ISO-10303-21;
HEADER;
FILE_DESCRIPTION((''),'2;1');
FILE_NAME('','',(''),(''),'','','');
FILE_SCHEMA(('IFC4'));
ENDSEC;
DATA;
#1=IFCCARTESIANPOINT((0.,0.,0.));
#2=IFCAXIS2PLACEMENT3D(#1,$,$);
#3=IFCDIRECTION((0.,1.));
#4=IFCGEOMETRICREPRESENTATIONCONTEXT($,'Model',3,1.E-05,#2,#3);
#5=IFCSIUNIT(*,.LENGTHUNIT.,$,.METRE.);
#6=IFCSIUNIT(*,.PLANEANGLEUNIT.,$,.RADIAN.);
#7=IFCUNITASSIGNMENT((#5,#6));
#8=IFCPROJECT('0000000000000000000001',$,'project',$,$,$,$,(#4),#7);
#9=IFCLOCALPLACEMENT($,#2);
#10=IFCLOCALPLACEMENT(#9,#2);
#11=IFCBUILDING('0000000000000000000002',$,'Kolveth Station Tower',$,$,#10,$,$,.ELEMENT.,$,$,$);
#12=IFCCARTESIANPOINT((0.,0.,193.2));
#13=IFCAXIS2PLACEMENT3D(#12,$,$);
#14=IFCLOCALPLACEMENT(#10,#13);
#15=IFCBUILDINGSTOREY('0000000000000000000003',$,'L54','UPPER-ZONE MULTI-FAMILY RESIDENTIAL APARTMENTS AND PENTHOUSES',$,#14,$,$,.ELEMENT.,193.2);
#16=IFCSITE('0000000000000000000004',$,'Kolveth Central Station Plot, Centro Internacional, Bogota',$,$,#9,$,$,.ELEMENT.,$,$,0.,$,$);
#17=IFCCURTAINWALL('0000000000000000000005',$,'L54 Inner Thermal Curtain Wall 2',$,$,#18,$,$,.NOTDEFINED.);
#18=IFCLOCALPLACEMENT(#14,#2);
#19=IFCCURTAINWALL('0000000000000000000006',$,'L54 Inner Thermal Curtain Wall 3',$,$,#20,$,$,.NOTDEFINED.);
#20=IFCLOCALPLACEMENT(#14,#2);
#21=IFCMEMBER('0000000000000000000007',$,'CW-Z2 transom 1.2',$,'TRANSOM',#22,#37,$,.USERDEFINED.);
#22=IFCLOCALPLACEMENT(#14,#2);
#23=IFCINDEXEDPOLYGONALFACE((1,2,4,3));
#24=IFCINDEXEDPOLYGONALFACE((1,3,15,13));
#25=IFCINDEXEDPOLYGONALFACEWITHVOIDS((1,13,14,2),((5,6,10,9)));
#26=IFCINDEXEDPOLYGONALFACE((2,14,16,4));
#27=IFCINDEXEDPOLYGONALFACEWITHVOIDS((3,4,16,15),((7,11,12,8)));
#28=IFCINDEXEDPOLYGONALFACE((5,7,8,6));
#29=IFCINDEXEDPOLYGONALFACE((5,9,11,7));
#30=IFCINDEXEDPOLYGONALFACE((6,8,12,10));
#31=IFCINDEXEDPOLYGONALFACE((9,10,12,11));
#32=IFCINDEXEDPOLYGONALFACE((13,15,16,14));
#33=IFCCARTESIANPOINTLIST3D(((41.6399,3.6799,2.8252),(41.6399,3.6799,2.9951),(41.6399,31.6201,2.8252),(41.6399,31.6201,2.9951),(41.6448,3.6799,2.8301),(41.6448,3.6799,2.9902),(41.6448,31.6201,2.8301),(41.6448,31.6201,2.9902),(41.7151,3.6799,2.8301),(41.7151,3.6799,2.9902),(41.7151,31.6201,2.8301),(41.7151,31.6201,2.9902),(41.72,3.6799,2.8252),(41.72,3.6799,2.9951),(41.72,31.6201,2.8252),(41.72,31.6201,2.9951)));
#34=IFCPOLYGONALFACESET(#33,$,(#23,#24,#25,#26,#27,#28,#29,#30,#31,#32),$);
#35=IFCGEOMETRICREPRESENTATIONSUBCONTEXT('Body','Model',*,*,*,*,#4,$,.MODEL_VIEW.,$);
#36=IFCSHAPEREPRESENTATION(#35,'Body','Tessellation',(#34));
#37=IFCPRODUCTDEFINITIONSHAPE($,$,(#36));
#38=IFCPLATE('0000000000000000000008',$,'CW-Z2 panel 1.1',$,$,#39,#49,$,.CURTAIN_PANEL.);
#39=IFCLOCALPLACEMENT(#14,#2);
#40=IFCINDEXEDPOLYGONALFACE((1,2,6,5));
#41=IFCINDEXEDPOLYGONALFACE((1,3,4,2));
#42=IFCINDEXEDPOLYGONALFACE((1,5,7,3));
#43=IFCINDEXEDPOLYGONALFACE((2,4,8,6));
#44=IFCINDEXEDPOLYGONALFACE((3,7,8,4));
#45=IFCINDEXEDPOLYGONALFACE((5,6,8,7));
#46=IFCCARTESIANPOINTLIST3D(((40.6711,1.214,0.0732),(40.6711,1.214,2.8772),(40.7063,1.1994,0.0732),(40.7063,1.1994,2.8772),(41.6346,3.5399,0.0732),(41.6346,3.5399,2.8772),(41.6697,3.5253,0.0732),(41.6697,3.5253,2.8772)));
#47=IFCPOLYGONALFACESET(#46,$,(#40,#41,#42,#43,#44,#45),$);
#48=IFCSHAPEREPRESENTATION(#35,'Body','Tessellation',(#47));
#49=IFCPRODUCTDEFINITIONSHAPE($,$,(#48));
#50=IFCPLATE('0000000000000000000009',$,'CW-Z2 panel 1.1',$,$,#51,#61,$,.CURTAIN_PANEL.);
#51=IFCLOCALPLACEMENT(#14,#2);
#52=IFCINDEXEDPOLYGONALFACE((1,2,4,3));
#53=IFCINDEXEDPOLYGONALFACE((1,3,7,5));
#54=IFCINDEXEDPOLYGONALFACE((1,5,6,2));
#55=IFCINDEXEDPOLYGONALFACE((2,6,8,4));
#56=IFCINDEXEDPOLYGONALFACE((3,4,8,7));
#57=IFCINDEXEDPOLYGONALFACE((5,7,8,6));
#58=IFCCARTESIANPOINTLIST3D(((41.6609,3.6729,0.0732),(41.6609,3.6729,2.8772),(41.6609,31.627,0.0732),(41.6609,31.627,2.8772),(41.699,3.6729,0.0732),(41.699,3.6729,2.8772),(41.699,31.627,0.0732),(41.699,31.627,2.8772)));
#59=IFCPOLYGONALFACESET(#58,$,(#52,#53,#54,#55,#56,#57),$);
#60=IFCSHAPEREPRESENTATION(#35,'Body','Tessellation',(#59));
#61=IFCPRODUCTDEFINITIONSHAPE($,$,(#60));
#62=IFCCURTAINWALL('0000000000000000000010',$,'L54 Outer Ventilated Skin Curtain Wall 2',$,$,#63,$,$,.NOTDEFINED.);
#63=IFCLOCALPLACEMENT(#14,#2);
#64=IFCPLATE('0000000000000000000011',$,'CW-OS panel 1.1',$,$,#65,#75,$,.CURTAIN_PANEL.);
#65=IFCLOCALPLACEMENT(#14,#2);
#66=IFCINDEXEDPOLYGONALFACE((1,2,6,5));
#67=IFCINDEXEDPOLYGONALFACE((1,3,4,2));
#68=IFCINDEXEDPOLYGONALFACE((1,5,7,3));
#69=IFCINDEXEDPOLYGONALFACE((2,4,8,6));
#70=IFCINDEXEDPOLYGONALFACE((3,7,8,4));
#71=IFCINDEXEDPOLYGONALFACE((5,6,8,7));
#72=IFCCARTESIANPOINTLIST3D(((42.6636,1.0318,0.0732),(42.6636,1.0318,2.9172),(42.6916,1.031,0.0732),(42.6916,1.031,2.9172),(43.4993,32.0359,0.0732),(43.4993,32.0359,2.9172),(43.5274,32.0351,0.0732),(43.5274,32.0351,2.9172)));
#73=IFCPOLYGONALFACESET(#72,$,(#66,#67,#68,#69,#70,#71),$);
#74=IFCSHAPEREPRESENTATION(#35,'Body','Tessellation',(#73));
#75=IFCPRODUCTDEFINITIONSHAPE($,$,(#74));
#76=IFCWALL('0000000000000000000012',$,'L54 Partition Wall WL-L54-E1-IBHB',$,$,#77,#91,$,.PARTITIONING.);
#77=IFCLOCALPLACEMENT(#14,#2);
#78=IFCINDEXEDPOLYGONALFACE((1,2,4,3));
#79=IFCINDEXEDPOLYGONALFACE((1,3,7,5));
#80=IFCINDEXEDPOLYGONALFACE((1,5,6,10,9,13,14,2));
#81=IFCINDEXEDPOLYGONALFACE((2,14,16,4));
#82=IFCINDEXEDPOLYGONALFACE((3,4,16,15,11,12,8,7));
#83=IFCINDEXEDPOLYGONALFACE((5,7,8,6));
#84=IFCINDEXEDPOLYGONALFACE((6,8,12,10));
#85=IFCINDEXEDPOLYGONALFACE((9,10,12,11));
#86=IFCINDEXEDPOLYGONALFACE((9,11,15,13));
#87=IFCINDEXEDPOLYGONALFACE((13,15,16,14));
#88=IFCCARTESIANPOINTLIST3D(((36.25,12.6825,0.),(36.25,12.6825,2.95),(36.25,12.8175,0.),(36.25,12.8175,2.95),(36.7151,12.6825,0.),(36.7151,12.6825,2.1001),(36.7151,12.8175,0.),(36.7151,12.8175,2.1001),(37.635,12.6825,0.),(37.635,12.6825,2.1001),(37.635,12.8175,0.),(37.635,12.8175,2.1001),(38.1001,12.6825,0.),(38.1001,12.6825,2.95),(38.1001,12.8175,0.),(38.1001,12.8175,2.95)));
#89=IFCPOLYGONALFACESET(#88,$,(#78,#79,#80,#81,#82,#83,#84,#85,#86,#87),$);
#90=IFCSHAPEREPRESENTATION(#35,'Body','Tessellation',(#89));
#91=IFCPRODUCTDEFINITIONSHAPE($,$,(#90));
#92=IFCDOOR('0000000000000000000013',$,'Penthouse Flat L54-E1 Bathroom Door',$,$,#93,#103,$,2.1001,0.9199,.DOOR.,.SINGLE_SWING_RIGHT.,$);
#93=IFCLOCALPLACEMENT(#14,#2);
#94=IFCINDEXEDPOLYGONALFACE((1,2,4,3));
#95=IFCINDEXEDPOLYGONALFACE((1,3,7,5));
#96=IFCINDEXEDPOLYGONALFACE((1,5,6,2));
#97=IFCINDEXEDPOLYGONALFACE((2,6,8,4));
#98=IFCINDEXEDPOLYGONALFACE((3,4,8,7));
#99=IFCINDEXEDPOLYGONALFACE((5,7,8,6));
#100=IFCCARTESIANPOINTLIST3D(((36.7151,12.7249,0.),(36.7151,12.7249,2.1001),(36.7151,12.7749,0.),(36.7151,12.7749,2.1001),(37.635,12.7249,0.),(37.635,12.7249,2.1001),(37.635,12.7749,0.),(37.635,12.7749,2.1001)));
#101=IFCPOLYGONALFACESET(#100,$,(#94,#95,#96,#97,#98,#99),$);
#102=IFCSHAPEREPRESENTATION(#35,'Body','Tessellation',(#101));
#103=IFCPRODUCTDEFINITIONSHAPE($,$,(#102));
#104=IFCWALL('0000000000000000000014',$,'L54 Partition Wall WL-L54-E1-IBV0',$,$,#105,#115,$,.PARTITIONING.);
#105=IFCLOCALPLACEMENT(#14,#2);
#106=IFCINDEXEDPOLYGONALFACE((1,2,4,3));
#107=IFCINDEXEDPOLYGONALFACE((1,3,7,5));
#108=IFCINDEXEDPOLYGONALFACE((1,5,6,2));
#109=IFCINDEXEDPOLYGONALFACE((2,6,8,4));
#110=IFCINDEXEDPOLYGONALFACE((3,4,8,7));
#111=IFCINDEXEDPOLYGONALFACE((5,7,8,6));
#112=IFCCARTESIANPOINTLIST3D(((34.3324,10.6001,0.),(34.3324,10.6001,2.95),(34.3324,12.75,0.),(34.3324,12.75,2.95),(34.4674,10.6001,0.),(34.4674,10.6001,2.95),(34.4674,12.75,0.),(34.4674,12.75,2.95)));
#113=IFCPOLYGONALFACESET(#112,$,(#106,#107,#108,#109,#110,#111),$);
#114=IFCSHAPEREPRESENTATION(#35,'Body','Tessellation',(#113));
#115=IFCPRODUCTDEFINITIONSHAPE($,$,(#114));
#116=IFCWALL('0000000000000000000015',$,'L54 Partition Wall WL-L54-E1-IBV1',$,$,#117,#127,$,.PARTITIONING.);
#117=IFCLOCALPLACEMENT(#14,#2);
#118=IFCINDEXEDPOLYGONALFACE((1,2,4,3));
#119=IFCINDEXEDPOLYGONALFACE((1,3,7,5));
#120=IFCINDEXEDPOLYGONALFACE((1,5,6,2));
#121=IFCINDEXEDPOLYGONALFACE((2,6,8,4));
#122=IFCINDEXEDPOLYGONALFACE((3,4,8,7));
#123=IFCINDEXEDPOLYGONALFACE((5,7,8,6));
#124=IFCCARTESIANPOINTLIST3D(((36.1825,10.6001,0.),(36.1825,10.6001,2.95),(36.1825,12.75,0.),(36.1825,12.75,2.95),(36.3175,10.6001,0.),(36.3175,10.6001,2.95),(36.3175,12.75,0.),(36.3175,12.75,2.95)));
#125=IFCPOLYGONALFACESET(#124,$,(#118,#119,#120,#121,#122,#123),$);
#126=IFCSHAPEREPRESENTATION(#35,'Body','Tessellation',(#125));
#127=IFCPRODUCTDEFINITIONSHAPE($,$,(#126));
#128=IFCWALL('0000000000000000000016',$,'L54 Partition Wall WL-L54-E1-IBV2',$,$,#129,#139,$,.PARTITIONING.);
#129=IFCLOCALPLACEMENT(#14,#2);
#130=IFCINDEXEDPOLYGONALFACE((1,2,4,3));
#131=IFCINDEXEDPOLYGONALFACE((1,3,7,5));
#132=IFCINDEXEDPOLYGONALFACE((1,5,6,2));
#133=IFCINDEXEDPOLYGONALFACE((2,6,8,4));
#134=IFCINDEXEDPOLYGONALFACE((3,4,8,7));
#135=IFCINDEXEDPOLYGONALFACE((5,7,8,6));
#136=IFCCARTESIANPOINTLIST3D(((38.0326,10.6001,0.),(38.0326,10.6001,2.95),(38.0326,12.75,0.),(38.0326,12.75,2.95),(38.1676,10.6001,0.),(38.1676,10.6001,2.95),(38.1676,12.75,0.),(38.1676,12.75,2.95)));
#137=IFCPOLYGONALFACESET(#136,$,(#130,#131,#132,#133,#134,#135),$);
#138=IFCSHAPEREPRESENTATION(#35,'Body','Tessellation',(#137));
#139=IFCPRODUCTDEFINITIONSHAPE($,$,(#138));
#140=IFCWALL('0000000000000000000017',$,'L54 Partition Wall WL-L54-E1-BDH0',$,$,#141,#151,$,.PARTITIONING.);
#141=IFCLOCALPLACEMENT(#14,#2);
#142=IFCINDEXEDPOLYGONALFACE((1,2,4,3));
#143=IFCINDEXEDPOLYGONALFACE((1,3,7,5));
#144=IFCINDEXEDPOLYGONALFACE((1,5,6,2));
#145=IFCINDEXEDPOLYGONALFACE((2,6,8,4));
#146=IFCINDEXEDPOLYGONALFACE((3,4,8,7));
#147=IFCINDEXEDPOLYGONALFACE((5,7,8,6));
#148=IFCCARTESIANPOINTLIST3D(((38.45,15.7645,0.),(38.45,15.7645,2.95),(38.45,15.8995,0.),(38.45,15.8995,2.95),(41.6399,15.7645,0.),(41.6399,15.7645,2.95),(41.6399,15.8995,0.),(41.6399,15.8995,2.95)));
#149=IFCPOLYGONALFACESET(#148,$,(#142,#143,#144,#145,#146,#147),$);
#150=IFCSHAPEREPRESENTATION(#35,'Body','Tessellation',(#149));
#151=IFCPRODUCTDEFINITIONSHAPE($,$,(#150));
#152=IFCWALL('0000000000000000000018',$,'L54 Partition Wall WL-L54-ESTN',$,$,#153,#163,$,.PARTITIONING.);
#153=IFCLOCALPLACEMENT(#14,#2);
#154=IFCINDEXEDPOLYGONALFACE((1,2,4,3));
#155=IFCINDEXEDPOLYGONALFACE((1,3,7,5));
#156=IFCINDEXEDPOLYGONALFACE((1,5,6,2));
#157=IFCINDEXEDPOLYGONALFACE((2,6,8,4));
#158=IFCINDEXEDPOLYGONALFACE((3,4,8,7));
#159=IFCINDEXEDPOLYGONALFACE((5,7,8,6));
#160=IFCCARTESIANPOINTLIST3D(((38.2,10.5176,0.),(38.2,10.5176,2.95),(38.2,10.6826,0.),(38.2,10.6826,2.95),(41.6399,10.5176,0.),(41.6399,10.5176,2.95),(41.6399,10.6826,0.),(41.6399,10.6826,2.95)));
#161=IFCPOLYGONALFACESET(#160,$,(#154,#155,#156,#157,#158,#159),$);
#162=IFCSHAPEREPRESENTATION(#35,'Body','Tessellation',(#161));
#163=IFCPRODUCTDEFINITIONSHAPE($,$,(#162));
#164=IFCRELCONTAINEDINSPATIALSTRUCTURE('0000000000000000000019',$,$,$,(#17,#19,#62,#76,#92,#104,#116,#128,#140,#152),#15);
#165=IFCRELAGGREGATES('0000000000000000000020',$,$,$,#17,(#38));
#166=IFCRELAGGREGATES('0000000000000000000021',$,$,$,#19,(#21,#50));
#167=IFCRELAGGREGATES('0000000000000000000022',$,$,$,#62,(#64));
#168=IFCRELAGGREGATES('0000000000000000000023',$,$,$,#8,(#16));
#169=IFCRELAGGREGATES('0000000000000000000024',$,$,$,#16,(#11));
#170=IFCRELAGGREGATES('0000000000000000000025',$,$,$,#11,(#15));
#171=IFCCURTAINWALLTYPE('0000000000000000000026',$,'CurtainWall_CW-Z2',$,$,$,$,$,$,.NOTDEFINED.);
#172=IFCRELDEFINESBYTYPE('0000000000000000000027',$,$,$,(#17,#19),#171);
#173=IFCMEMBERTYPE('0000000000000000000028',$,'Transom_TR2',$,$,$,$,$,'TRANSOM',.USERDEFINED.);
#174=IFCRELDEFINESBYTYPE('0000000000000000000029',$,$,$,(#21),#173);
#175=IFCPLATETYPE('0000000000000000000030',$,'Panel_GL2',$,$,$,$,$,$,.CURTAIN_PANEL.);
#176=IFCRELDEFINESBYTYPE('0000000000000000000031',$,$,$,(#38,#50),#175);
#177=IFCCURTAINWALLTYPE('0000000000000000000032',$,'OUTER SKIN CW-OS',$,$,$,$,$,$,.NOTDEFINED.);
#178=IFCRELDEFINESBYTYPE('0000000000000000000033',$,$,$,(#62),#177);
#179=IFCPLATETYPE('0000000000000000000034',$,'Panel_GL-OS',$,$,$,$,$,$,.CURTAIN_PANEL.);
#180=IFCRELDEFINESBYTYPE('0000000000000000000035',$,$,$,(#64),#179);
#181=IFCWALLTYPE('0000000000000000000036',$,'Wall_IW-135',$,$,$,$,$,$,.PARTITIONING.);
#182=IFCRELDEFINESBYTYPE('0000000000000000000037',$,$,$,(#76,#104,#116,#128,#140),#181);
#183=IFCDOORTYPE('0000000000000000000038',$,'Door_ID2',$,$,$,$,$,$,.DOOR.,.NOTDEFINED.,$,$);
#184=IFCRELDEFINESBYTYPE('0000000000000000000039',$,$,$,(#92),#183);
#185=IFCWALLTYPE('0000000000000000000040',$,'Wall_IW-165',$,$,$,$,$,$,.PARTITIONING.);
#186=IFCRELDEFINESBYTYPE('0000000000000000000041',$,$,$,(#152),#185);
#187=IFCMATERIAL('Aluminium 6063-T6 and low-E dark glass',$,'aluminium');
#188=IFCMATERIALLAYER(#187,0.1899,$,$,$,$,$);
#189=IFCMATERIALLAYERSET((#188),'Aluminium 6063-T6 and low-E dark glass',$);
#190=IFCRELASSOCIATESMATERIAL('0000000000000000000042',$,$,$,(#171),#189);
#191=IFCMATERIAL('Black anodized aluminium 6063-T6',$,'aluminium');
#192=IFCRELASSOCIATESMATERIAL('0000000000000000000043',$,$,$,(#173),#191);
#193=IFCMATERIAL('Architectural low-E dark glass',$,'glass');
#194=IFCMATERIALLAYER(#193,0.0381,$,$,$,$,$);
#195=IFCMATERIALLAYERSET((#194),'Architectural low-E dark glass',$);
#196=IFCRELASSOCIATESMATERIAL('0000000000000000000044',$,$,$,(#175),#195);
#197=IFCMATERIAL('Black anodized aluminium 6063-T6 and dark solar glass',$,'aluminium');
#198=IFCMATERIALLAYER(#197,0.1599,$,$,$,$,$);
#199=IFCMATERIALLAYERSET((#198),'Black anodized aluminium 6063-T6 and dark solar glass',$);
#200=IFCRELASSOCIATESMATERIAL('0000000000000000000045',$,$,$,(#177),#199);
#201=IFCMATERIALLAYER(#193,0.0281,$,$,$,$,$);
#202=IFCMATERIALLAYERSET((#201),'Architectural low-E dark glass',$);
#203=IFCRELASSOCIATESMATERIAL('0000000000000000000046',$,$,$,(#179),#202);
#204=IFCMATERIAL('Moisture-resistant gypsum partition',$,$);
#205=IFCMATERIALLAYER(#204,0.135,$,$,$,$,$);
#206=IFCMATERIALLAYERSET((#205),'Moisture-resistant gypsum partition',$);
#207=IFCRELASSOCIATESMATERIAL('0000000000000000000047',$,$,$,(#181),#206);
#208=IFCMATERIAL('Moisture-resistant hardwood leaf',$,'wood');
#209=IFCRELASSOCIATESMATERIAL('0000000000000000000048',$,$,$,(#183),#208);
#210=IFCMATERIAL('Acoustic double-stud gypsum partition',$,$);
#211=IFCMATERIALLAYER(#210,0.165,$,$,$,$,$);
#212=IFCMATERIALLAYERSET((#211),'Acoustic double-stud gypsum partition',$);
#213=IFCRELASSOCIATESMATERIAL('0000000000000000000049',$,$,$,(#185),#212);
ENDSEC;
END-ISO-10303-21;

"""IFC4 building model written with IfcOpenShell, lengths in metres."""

from ifc_helpers import new_model, si_unit, direction, frame, frame_2d, origin, origin_2d, place, context, subcontext, project, spatial, rectangle, hollow_rectangle, extrude, source, transform, mapped, material, layer, layer_set, material_profile, profile_set, type_object, element, fill, aggregate, save


model = new_model("IFC4")

# Units and contexts
model_context = context("Model", 3, precision=1e-05, world=origin(), true_north=direction((0.0, 1.0)))
body_context = subcontext(model_context, "Body", "Model", "MODEL_VIEW")
ifc_project = project(units=[si_unit("LENGTHUNIT", "METRE"), si_unit("PLANEANGLEUNIT", "RADIAN")], contexts=[model_context])

# Site, building, storey
site_placement = place(None, origin())
site = spatial("IfcSite", under=ifc_project, at=site_placement, Name="Kolveth Central Station Plot, Centro Internacional, Bogota", CompositionType="ELEMENT", RefElevation=0.0)
building_placement = place(site_placement, origin())
building = spatial("IfcBuilding", under=site, at=building_placement, Name="Kolveth Station Tower", CompositionType="ELEMENT")
storey_placement = place(building_placement, frame((0.0, 0.0, 193.2)))
storey = spatial("IfcBuildingStorey", under=building, at=storey_placement, Name="L54", Description="UPPER-ZONE MULTI-FAMILY RESIDENTIAL APARTMENTS AND PENTHOUSES", CompositionType="ELEMENT", Elevation=193.2)

# Curtain wall
ifc_material_1 = material(Name="Aluminium 6063-T6 and low-E dark glass", Category="aluminium")
ifc_layer_1 = layer(ifc_material_1, 0.1899)
ifc_layer_set_1 = layer_set([ifc_layer_1], Name="Aluminium 6063-T6 and low-E dark glass")
curtain_wall_type_1 = type_object("IfcCurtainWallType", Name="CurtainWall_CW-Z2", PredefinedType="NOTDEFINED", material=ifc_layer_set_1)
curtain_wall_1_placement = place(storey_placement, origin())
curtain_wall_1 = element("IfcCurtainWall", 1, at=curtain_wall_1_placement, inside=storey, type_object=curtain_wall_type_1, Name="L54 Inner Thermal Curtain Wall 2", PredefinedType="NOTDEFINED")
ifc_material_2 = material(Name="Black anodized aluminium 6063-T6", Category="aluminium")

# Curtain wall, member
curtain_wall_2_placement = place(storey_placement, origin())
curtain_wall_2 = element("IfcCurtainWall", 2, at=curtain_wall_2_placement, inside=storey, type_object=curtain_wall_type_1, Name="L54 Inner Thermal Curtain Wall 3", PredefinedType="NOTDEFINED")
ifc_material_profile_1 = material_profile(ifc_material_2, hollow_rectangle(XDim=0.0801, YDim=0.1699, WallThickness=0.0049, at=origin_2d()), Name="ALU-80x170x5")
ifc_profile_set_1 = profile_set([ifc_material_profile_1], Name="Black anodized aluminium 6063-T6")
member_type_1 = type_object("IfcMemberType", Name="Transom_TR2", ElementType="TRANSOM", PredefinedType="USERDEFINED", material=ifc_profile_set_1)
shared_shape_1 = source(origin(), body_context, "Body", "SweptSolid", [
    extrude(hollow_rectangle(XDim=0.0801, YDim=0.1699, WallThickness=0.0049, at=origin_2d()), origin(), (0.0, 0.0, 1.0), 27.9402),
])
member_1_placement = place(storey_placement, frame((41.6799, 3.6799, 2.9102), z_axis=(0.0, 1.0, 0.0), x_axis=(-1.0, 0.0, 0.0)))
member_1 = element("IfcMember", 3, at=member_1_placement, type_object=member_type_1, Name="CW-Z2 transom 1.2", ObjectType="TRANSOM", PredefinedType="USERDEFINED", context=body_context, shape_type="MappedRepresentation", body=[
    mapped(shared_shape_1, transform((0.0, 0.0, 0.0), x_axis=(1.0, 0.0, 0.0), y_axis=(0.0, 1.0, 0.0), z_axis=(0.0, 0.0, 1.0), scale=1.0)),
])

# Plates
ifc_material_3 = material(Name="Architectural low-E dark glass", Category="glass")
ifc_layer_2 = layer(ifc_material_3, 0.0381)
ifc_layer_set_2 = layer_set([ifc_layer_2], Name="Architectural low-E dark glass")
plate_type_1 = type_object("IfcPlateType", Name="Panel_GL2", PredefinedType="CURTAIN_PANEL", material=ifc_layer_set_2)
shared_shape_2 = source(origin(), body_context, "Body", "SweptSolid", [
    extrude(rectangle(XDim=2.5176, YDim=0.0381, at=origin_2d()), origin(), (0.0, 0.0, 1.0), 2.804),
])
plate_1_placement = place(storey_placement, frame((41.1704, 2.3696, 0.0732), z_axis=(0.0, 0.0, 1.0), x_axis=(0.382698, 0.923874, 0.0)))
plate_1 = element("IfcPlate", 4, at=plate_1_placement, type_object=plate_type_1, Name="CW-Z2 panel 1.1", PredefinedType="CURTAIN_PANEL", context=body_context, shape_type="MappedRepresentation", body=[
    mapped(shared_shape_2, transform((0.0, 0.0, 0.0), x_axis=(1.0, 0.0, 0.0), y_axis=(0.0, 1.0, 0.0), z_axis=(0.0, 0.0, 1.0), scale=1.0)),
])
aggregate(curtain_wall_1, [plate_1])
shared_shape_3 = source(origin(), body_context, "Body", "SweptSolid", [
    extrude(rectangle(XDim=27.9541, YDim=0.0381, at=origin_2d()), origin(), (0.0, 0.0, 1.0), 2.804),
])
plate_2_placement = place(storey_placement, frame((41.6799, 17.6499, 0.0732), z_axis=(0.0, 0.0, 1.0), x_axis=(0.0, 1.0, 0.0)))
plate_2 = element("IfcPlate", 5, at=plate_2_placement, type_object=plate_type_1, Name="CW-Z2 panel 1.1", PredefinedType="CURTAIN_PANEL", context=body_context, shape_type="MappedRepresentation", body=[
    mapped(shared_shape_3, transform((0.0, 0.0, 0.0), x_axis=(1.0, 0.0, 0.0), y_axis=(0.0, 1.0, 0.0), z_axis=(0.0, 0.0, 1.0), scale=1.0)),
])
aggregate(curtain_wall_2, [member_1, plate_2])

# Curtain wall, plate
ifc_material_4 = material(Name="Black anodized aluminium 6063-T6 and dark solar glass", Category="aluminium")
ifc_layer_3 = layer(ifc_material_4, 0.1599)
ifc_layer_set_3 = layer_set([ifc_layer_3], Name="Black anodized aluminium 6063-T6 and dark solar glass")
curtain_wall_type_2 = type_object("IfcCurtainWallType", Name="OUTER SKIN CW-OS", PredefinedType="NOTDEFINED", material=ifc_layer_set_3)
curtain_wall_3_placement = place(storey_placement, origin())
curtain_wall_3 = element("IfcCurtainWall", 6, at=curtain_wall_3_placement, inside=storey, type_object=curtain_wall_type_2, Name="L54 Outer Ventilated Skin Curtain Wall 2", PredefinedType="NOTDEFINED")
ifc_layer_4 = layer(ifc_material_3, 0.0281)
ifc_layer_set_4 = layer_set([ifc_layer_4], Name="Architectural low-E dark glass")
plate_type_2 = type_object("IfcPlateType", Name="Panel_GL-OS", PredefinedType="CURTAIN_PANEL", material=ifc_layer_set_4)
shared_shape_4 = source(origin(), body_context, "Body", "SweptSolid", [
    extrude(rectangle(XDim=31.0154, YDim=0.0281, at=origin_2d()), origin(), (0.0, 0.0, 1.0), 2.844),
])
plate_3_placement = place(storey_placement, frame((43.0955, 16.5334, 0.0732), z_axis=(0.0, 0.0, 1.0), x_axis=(0.026946, 0.999637, 0.0)))
plate_3 = element("IfcPlate", 7, at=plate_3_placement, type_object=plate_type_2, Name="CW-OS panel 1.1", PredefinedType="CURTAIN_PANEL", context=body_context, shape_type="MappedRepresentation", body=[
    mapped(shared_shape_4, transform((0.0, 0.0, 0.0), x_axis=(1.0, 0.0, 0.0), y_axis=(0.0, 1.0, 0.0), z_axis=(0.0, 0.0, 1.0), scale=1.0)),
])
aggregate(curtain_wall_3, [plate_3])

# Wall, opening, door
ifc_material_5 = material(Name="Moisture-resistant gypsum partition")
ifc_layer_5 = layer(ifc_material_5, 0.135)
ifc_layer_set_5 = layer_set([ifc_layer_5], Name="Moisture-resistant gypsum partition")
wall_type_1 = type_object("IfcWallType", Name="Wall_IW-135", PredefinedType="PARTITIONING", material=ifc_layer_set_5)
wall_1_placement = place(storey_placement, frame((36.25, 12.75, 0.0), z_axis=(0.0, 0.0, 1.0), x_axis=(1.0, 0.0, 0.0)))
wall_1 = element("IfcWall", 8, at=wall_1_placement, inside=storey, type_object=wall_type_1, Name="L54 Partition Wall WL-L54-E1-IBHB", PredefinedType="PARTITIONING", context=body_context, shape_type="SweptSolid", body=[
    extrude(rectangle(XDim=1.8501, YDim=0.135, at=frame_2d((0.925, 0.0))), origin(), (0.0, 0.0, 1.0), 2.95),
])
opening_1_placement = place(wall_1_placement, frame((0.4651, 0.0, 0.0)))
opening_1 = element("IfcOpeningElement", 9, at=opening_1_placement, cuts=wall_1, PredefinedType="OPENING", context=body_context, shape_type="SweptSolid", body=[
    extrude(rectangle(XDim=0.9199, YDim=2.1001, at=frame_2d((0.46, 1.05))), frame((0.0, 0.0774, 0.0), z_axis=(0.0, -1.0, 0.0), x_axis=(1.0, 0.0, 0.0)), (0.0, 0.0, 1.0), 0.155),
])
ifc_material_6 = material(Name="Moisture-resistant hardwood leaf", Category="wood")
door_type_1 = type_object("IfcDoorType", Name="Door_ID2", OperationType="NOTDEFINED", PredefinedType="DOOR", material=ifc_material_6)
door_1_placement = place(opening_1_placement, origin())
door_1 = element("IfcDoor", 10, at=door_1_placement, inside=storey, type_object=door_type_1, Name="Penthouse Flat L54-E1 Bathroom Door", OperationType="SINGLE_SWING_RIGHT", OverallHeight=2.1001, OverallWidth=0.9199, PredefinedType="DOOR", context=body_context, shape_type="SweptSolid", body=[
    extrude(rectangle(XDim=0.9199, YDim=2.1001, at=frame_2d((0.46, 1.05))), frame((0.0, 0.0249, 0.0), z_axis=(0.0, -1.0, 0.0), x_axis=(1.0, 0.0, 0.0)), (0.0, 0.0, 1.0), 0.05),
])
fill(opening_1, door_1)

# Walls
for number, where, z_axis, x_axis, name in (
    (11, (34.3999, 10.6001, 0.0), (0.0, 0.0, 1.0), (0.0, 1.0, 0.0), "L54 Partition Wall WL-L54-E1-IBV0"),
    (12, (36.25, 10.6001, 0.0), (0.0, 0.0, 1.0), (0.0, 1.0, 0.0), "L54 Partition Wall WL-L54-E1-IBV1"),
    (13, (38.1001, 10.6001, 0.0), (0.0, 0.0, 1.0), (0.0, 1.0, 0.0), "L54 Partition Wall WL-L54-E1-IBV2"),
):
    element("IfcWall", number, at=place(storey_placement, frame(where, z_axis=z_axis, x_axis=x_axis)), inside=storey, type_object=wall_type_1, Name=name, PredefinedType="PARTITIONING", context=body_context, shape_type="SweptSolid", body=[
        extrude(rectangle(XDim=2.1499, YDim=0.135, at=frame_2d((1.075, 0.0))), origin(), (0.0, 0.0, 1.0), 2.95),
    ])
wall_2_placement = place(storey_placement, frame((38.45, 15.832, 0.0), z_axis=(0.0, 0.0, 1.0), x_axis=(1.0, 0.0, 0.0)))
element("IfcWall", 14, at=wall_2_placement, inside=storey, type_object=wall_type_1, Name="L54 Partition Wall WL-L54-E1-BDH0", PredefinedType="PARTITIONING", context=body_context, shape_type="SweptSolid", body=[
    extrude(rectangle(XDim=3.1899, YDim=0.135, at=frame_2d((1.595, 0.0))), origin(), (0.0, 0.0, 1.0), 2.95),
])

# Shared definitions
ifc_material_7 = material(Name="Acoustic double-stud gypsum partition")
ifc_layer_6 = layer(ifc_material_7, 0.165)
ifc_layer_set_6 = layer_set([ifc_layer_6], Name="Acoustic double-stud gypsum partition")
wall_type_2 = type_object("IfcWallType", Name="Wall_IW-165", PredefinedType="PARTITIONING", material=ifc_layer_set_6)

# Wall
wall_3_placement = place(storey_placement, frame((38.2, 10.6001, 0.0), z_axis=(0.0, 0.0, 1.0), x_axis=(1.0, 0.0, 0.0)))
element("IfcWall", 15, at=wall_3_placement, inside=storey, type_object=wall_type_2, Name="L54 Partition Wall WL-L54-ESTN", PredefinedType="PARTITIONING", context=body_context, shape_type="SweptSolid", body=[
    extrude(rectangle(XDim=3.4399, YDim=0.165, at=frame_2d((1.72, 0.0))), origin(), (0.0, 0.0, 1.0), 2.95),
])

save(model, "model.ifc")
